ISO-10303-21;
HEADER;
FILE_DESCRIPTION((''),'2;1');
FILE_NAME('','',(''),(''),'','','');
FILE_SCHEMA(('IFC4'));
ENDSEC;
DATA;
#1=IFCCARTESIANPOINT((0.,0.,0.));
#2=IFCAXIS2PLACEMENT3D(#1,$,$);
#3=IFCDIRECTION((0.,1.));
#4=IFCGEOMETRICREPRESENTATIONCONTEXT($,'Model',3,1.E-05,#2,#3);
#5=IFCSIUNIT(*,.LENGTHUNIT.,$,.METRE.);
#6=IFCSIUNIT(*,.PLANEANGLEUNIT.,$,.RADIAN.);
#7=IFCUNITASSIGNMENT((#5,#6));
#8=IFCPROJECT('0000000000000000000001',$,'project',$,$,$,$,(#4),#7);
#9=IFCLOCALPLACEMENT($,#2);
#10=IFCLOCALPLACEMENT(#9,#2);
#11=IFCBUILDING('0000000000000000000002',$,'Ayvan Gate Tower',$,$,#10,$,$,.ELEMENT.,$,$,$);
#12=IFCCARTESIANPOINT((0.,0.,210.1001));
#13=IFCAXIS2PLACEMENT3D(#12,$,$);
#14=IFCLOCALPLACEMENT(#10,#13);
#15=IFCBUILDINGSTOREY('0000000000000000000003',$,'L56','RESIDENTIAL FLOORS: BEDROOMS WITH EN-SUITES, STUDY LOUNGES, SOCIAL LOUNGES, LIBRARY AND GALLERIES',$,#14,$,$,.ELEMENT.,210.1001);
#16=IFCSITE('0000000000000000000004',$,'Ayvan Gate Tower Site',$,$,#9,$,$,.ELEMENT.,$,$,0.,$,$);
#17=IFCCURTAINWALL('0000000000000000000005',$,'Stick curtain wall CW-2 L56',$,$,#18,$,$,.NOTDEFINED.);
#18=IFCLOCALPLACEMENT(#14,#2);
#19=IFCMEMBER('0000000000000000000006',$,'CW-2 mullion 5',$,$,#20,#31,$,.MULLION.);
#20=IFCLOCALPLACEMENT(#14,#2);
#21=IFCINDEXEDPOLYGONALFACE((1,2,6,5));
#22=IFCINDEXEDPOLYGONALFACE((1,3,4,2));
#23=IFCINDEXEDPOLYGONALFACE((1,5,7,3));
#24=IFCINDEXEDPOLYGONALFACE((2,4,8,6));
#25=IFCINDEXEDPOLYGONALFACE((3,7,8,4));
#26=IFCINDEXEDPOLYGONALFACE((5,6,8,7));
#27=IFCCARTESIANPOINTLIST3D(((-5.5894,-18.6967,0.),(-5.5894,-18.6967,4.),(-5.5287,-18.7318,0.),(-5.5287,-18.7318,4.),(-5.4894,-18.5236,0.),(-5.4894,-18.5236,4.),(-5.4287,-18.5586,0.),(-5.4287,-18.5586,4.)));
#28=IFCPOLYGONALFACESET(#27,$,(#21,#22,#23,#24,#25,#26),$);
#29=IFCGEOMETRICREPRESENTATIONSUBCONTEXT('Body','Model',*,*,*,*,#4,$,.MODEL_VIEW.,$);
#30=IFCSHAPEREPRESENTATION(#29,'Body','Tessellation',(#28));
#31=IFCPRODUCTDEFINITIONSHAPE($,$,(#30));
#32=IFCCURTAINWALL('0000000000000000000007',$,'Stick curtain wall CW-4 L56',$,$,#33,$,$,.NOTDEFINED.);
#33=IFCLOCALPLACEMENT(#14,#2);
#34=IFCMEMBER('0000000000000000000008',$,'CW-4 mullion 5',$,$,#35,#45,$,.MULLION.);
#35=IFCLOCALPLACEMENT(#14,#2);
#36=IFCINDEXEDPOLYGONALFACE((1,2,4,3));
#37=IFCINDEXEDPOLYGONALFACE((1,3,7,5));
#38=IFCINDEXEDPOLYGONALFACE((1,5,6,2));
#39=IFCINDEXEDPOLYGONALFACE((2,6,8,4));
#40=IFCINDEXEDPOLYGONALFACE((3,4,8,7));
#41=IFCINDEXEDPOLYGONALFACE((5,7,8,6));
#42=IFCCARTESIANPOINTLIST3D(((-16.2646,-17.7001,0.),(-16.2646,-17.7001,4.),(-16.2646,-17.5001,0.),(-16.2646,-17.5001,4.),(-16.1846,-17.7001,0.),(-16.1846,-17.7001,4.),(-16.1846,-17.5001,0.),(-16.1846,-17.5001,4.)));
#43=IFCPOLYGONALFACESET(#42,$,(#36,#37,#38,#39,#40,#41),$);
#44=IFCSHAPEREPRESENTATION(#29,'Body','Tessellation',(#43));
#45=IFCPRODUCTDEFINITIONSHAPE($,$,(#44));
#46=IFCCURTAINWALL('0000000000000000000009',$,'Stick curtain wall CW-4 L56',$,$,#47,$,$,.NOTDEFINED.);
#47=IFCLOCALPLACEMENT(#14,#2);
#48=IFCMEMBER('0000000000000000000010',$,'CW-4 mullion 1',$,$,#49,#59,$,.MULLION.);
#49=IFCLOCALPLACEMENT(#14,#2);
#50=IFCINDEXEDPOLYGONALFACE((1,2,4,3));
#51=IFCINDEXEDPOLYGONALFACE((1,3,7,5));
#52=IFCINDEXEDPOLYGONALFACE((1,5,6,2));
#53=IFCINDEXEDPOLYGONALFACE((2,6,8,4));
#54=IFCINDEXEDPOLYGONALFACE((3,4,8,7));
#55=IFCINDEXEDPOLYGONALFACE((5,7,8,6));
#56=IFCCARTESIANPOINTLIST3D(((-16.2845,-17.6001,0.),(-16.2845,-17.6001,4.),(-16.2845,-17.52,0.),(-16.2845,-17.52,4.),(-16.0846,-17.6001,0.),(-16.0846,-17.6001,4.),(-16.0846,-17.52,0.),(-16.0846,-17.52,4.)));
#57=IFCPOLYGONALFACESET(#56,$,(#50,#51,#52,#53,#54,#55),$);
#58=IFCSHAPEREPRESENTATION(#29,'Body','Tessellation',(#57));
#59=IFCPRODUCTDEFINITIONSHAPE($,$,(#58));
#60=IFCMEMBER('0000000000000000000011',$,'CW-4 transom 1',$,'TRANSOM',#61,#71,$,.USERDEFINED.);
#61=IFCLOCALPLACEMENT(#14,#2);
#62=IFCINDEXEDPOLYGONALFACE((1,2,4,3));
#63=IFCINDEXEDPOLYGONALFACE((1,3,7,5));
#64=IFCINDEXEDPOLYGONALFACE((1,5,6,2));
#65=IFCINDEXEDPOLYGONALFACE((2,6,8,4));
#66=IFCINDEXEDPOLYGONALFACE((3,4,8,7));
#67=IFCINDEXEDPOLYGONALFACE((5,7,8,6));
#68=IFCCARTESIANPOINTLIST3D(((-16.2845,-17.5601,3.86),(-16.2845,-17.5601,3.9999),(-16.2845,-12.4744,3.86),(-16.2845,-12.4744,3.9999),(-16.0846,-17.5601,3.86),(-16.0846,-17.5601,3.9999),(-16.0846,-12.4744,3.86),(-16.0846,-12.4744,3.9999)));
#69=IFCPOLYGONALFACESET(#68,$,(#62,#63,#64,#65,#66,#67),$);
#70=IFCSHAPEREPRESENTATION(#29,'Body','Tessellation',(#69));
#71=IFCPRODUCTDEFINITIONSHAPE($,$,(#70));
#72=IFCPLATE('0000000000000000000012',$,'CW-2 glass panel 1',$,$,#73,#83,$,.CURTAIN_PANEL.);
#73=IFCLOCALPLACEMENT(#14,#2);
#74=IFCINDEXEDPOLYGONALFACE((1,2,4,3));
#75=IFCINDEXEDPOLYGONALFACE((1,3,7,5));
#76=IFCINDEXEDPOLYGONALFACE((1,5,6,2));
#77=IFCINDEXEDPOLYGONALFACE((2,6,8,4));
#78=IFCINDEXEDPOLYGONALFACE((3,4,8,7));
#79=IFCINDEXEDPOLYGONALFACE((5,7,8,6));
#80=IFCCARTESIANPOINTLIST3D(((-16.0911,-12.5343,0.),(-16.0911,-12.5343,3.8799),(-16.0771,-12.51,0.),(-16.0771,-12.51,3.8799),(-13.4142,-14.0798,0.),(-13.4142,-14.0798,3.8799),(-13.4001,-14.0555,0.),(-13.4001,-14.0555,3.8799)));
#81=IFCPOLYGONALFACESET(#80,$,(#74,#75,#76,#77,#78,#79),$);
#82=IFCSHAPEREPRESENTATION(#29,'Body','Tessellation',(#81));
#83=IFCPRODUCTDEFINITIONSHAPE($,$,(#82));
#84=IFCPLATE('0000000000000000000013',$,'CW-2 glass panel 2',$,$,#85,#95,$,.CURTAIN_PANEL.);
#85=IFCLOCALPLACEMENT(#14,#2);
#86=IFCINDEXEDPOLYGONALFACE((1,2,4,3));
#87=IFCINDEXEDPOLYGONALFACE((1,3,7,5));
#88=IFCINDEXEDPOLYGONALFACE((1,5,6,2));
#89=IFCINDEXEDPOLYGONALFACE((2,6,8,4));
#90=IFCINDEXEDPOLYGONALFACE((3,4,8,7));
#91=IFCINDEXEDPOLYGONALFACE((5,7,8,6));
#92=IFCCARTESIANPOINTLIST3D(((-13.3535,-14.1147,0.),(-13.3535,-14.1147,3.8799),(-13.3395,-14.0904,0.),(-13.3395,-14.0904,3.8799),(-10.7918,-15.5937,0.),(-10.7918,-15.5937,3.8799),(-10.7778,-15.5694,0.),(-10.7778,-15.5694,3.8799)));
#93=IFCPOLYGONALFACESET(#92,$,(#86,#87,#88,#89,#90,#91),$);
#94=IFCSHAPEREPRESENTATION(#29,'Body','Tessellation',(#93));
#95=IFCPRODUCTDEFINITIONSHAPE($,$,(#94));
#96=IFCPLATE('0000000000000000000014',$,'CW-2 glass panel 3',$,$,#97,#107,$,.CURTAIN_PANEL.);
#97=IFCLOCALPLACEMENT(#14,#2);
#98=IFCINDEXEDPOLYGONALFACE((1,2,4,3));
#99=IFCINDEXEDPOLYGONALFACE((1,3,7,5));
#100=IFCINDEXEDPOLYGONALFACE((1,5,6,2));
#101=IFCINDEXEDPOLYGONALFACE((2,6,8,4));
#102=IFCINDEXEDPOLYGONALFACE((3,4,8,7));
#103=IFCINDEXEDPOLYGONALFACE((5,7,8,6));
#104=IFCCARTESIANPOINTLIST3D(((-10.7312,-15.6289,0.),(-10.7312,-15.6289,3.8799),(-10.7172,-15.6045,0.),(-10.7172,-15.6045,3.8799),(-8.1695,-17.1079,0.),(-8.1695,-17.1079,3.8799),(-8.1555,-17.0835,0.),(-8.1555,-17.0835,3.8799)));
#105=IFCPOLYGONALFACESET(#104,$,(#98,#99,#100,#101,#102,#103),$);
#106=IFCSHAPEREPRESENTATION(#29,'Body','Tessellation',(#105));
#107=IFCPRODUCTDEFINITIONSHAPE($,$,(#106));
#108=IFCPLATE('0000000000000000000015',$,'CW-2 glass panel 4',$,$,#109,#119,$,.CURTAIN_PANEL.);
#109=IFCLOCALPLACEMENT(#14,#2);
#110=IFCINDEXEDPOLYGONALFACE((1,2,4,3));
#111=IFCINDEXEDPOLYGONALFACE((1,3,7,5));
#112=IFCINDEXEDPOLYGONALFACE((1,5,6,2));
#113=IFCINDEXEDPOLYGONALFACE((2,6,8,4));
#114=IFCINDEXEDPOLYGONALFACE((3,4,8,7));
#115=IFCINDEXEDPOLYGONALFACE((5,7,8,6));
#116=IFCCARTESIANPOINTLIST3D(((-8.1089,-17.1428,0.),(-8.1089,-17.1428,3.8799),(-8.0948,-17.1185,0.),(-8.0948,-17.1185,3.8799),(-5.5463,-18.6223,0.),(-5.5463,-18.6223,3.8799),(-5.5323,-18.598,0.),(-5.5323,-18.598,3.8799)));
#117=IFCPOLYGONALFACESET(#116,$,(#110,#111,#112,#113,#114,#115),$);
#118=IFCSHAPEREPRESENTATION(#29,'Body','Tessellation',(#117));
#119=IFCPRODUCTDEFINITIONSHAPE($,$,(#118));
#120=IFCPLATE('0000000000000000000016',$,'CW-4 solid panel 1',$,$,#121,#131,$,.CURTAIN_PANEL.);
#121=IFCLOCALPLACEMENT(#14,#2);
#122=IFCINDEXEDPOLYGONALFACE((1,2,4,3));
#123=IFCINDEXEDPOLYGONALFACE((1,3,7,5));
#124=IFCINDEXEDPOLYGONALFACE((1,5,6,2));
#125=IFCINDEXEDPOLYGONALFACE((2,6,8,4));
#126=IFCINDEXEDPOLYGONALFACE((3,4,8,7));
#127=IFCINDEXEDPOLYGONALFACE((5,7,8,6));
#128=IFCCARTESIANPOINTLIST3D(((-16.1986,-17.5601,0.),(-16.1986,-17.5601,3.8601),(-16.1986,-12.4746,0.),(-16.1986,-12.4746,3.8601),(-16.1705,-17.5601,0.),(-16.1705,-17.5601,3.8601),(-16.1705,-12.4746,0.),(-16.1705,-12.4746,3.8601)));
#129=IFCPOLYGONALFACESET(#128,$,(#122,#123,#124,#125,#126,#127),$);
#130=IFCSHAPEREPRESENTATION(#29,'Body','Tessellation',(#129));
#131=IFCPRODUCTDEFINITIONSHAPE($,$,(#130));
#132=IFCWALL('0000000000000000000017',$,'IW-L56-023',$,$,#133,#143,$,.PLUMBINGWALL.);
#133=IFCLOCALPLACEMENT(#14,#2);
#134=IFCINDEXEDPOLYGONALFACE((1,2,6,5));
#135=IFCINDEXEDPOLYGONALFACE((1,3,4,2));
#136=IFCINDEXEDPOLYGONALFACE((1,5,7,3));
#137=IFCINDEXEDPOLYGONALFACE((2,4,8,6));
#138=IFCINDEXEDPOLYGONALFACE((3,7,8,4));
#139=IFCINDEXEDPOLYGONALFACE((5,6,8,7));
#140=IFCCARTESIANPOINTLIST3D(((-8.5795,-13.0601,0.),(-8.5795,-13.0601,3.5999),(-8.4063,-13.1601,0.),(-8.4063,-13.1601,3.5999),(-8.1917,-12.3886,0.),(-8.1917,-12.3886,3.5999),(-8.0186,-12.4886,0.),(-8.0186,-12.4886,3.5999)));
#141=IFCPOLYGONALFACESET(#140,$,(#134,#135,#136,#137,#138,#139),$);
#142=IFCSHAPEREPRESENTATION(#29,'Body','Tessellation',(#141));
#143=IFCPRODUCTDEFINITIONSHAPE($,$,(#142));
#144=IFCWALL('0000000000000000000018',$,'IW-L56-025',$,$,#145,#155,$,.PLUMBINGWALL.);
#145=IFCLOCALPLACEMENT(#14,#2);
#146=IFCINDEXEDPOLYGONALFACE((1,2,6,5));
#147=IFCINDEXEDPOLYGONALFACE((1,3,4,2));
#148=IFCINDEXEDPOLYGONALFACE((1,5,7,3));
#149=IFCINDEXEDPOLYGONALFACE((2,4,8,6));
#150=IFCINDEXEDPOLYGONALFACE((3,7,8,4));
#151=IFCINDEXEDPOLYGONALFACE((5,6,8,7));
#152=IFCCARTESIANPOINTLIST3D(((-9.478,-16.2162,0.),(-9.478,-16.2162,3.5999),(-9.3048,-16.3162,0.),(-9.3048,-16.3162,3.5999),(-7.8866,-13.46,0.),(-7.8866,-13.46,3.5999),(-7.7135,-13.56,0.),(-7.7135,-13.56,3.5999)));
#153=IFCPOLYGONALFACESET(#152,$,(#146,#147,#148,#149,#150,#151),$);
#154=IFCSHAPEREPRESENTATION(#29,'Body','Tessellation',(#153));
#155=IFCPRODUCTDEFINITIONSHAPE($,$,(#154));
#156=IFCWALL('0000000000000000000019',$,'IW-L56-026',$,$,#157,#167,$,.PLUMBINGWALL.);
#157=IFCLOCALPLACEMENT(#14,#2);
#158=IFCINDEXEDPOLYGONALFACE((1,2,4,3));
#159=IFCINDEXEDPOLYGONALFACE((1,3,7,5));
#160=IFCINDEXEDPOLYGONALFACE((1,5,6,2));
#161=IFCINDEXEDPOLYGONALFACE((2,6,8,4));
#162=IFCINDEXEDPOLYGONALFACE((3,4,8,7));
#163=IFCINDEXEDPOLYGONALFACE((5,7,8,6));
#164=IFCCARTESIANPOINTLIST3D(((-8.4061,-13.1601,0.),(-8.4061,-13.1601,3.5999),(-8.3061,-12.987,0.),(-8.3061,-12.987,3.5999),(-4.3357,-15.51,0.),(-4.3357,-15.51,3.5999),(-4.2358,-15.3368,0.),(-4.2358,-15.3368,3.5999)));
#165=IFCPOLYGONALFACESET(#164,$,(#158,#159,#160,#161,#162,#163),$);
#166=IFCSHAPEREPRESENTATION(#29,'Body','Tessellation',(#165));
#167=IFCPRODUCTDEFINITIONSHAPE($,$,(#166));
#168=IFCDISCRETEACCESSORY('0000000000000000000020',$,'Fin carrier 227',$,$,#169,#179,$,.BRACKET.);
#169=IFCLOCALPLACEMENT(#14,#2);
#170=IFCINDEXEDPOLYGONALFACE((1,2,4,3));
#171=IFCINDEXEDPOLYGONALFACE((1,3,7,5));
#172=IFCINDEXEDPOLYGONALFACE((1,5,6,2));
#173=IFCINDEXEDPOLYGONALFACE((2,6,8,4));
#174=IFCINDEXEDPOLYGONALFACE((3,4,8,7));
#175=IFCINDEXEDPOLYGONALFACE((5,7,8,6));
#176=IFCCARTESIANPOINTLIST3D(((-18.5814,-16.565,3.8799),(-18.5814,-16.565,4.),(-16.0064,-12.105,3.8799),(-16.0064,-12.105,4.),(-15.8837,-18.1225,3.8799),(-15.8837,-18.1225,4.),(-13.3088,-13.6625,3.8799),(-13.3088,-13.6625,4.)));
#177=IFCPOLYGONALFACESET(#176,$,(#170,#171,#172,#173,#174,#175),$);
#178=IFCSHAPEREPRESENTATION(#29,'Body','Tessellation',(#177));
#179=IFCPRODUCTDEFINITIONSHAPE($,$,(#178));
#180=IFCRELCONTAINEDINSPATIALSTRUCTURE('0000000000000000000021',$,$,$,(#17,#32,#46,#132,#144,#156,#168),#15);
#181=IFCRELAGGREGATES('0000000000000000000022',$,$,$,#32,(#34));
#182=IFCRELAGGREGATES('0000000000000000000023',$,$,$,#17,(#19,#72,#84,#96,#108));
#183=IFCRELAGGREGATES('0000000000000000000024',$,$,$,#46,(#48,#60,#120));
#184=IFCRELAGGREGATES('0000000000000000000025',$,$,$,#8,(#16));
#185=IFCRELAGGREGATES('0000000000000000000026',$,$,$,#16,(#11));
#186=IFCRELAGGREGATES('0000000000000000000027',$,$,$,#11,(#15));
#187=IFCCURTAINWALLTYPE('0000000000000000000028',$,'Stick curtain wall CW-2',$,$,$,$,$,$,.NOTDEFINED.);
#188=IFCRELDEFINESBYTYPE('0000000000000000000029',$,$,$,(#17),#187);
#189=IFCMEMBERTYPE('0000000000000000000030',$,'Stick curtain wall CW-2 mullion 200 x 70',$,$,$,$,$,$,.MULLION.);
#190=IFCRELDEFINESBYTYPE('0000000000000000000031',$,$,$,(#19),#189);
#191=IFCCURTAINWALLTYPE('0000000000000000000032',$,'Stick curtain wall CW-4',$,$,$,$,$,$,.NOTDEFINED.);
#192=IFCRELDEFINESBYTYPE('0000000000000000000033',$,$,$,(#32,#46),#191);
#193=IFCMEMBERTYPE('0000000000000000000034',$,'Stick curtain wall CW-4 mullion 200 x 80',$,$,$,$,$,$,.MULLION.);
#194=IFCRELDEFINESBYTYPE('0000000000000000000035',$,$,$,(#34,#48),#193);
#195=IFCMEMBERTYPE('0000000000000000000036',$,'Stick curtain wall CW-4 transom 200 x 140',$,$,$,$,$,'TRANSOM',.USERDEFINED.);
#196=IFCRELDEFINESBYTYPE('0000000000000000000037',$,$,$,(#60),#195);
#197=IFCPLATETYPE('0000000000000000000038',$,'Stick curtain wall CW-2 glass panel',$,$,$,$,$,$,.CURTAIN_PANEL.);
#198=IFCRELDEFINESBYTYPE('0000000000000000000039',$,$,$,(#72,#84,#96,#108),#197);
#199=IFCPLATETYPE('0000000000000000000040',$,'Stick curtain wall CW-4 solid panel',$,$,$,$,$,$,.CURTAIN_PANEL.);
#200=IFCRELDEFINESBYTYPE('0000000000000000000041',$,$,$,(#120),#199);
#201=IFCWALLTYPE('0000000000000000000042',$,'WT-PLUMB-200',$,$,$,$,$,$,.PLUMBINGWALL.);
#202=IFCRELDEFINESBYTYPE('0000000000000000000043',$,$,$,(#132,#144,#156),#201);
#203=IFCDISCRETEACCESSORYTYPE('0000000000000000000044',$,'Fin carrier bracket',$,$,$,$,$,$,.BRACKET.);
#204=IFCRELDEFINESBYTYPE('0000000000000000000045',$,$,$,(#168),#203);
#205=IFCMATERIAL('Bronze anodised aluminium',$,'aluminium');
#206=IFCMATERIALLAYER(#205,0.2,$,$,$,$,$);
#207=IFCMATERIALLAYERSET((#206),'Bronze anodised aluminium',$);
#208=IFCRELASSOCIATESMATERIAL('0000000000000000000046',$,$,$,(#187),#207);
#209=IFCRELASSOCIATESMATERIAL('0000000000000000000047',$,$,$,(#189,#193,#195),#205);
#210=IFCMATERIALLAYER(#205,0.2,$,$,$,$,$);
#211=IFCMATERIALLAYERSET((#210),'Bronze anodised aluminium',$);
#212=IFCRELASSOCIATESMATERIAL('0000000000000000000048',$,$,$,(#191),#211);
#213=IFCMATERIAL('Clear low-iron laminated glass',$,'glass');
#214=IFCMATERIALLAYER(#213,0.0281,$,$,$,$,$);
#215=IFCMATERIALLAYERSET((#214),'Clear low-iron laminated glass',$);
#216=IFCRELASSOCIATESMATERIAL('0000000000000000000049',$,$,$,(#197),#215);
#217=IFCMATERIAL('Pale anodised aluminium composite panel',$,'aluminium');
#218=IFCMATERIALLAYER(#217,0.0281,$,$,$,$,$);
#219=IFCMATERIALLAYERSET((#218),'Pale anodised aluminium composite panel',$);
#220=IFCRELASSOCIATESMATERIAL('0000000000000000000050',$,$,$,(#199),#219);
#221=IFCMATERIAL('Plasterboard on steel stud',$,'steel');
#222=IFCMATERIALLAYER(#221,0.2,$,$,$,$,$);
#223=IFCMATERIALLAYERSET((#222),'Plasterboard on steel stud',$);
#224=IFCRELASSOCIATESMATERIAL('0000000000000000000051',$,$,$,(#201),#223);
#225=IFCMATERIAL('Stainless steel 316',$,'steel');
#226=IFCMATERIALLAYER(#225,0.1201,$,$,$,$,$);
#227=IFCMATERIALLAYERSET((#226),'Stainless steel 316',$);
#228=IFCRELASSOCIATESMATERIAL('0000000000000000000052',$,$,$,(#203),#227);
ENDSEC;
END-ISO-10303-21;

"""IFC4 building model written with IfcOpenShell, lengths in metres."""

from ifc_helpers import new_model, si_unit, direction, frame, frame_2d, origin, origin_2d, place, context, subcontext, project, spatial, rectangle, extrude, material, layer, layer_set, material_profile, profile_set, type_object, element, aggregate, save


model = new_model("IFC4")

# Units and contexts
model_context = context("Model", 3, precision=1e-05, world=origin(), true_north=direction((0.0, 1.0)))
body_context = subcontext(model_context, "Body", "Model", "MODEL_VIEW")
ifc_project = project(units=[si_unit("LENGTHUNIT", "METRE"), si_unit("PLANEANGLEUNIT", "RADIAN")], contexts=[model_context])

# Site, building, storey
site_placement = place(None, origin())
site = spatial("IfcSite", under=ifc_project, at=site_placement, Name="Ayvan Gate Tower Site", CompositionType="ELEMENT", RefElevation=0.0)
building_placement = place(site_placement, origin())
building = spatial("IfcBuilding", under=site, at=building_placement, Name="Ayvan Gate Tower", CompositionType="ELEMENT")
storey_placement = place(building_placement, frame((0.0, 0.0, 210.1001)))
storey = spatial("IfcBuildingStorey", under=building, at=storey_placement, Name="L56", Description="RESIDENTIAL FLOORS: BEDROOMS WITH EN-SUITES, STUDY LOUNGES, SOCIAL LOUNGES, LIBRARY AND GALLERIES", CompositionType="ELEMENT", Elevation=210.1001)

# Curtain wall, member
ifc_material_1 = material(Name="Bronze anodised aluminium", Category="aluminium")
ifc_layer_1 = layer(ifc_material_1, 0.2)
ifc_layer_set_1 = layer_set([ifc_layer_1], Name="Bronze anodised aluminium")
curtain_wall_type_1 = type_object("IfcCurtainWallType", Name="Stick curtain wall CW-2", PredefinedType="NOTDEFINED", material=ifc_layer_set_1)
curtain_wall_1_placement = place(storey_placement, origin())
curtain_wall_1 = element("IfcCurtainWall", 1, at=curtain_wall_1_placement, inside=storey, type_object=curtain_wall_type_1, Name="Stick curtain wall CW-2 L56", PredefinedType="NOTDEFINED")
ifc_material_profile_1 = material_profile(ifc_material_1, rectangle(XDim=0.2, YDim=0.0701, at=origin_2d()), Name="Stick curtain wall CW-2 mullion 200 x 70")
ifc_profile_set_1 = profile_set([ifc_material_profile_1], Name="Bronze anodised aluminium")
member_type_1 = type_object("IfcMemberType", Name="Stick curtain wall CW-2 mullion 200 x 70", PredefinedType="MULLION", material=ifc_profile_set_1)
member_1_placement = place(storey_placement, frame((-5.509, -18.6277, 0.0), z_axis=(0.0, 0.0, 1.0), x_axis=(-0.5, -0.866025, 0.0)))
member_1 = element("IfcMember", 2, at=member_1_placement, type_object=member_type_1, Name="CW-2 mullion 5", PredefinedType="MULLION", context=body_context, shape_type="SweptSolid", body=[
    extrude(rectangle(XDim=0.2, YDim=0.0701, at=origin_2d()), origin(), (0.0, 0.0, 1.0), 4.0),
])

# Curtain wall, member
ifc_layer_2 = layer(ifc_material_1, 0.2)
ifc_layer_set_2 = layer_set([ifc_layer_2], Name="Bronze anodised aluminium")
curtain_wall_type_2 = type_object("IfcCurtainWallType", Name="Stick curtain wall CW-4", PredefinedType="NOTDEFINED", material=ifc_layer_set_2)
curtain_wall_2_placement = place(storey_placement, origin())
curtain_wall_2 = element("IfcCurtainWall", 3, at=curtain_wall_2_placement, inside=storey, type_object=curtain_wall_type_2, Name="Stick curtain wall CW-4 L56", PredefinedType="NOTDEFINED")
ifc_material_profile_2 = material_profile(ifc_material_1, rectangle(XDim=0.2, YDim=0.0801, at=origin_2d()), Name="Stick curtain wall CW-4 mullion 200 x 80")
ifc_profile_set_2 = profile_set([ifc_material_profile_2], Name="Bronze anodised aluminium")
member_type_2 = type_object("IfcMemberType", Name="Stick curtain wall CW-4 mullion 200 x 80", PredefinedType="MULLION", material=ifc_profile_set_2)
member_2_placement = place(storey_placement, frame((-16.2246, -17.6001, 0.0), z_axis=(0.0, 0.0, 1.0), x_axis=(0.0, -1.0, 0.0)))
member_2 = element("IfcMember", 4, at=member_2_placement, type_object=member_type_2, Name="CW-4 mullion 5", PredefinedType="MULLION", context=body_context, shape_type="SweptSolid", body=[
    extrude(rectangle(XDim=0.2, YDim=0.0801, at=origin_2d()), origin(), (0.0, 0.0, 1.0), 4.0),
])
aggregate(curtain_wall_2, [member_2])

# Curtain wall, members
curtain_wall_3_placement = place(storey_placement, origin())
curtain_wall_3 = element("IfcCurtainWall", 5, at=curtain_wall_3_placement, inside=storey, type_object=curtain_wall_type_2, Name="Stick curtain wall CW-4 L56", PredefinedType="NOTDEFINED")
member_3_placement = place(storey_placement, frame((-16.1846, -17.5601, 0.0), z_axis=(0.0, 0.0, 1.0), x_axis=(1.0, 0.0, 0.0)))
member_3 = element("IfcMember", 6, at=member_3_placement, type_object=member_type_2, Name="CW-4 mullion 1", PredefinedType="MULLION", context=body_context, shape_type="SweptSolid", body=[
    extrude(rectangle(XDim=0.2, YDim=0.0801, at=origin_2d()), origin(), (0.0, 0.0, 1.0), 4.0),
])
ifc_material_profile_3 = material_profile(ifc_material_1, rectangle(XDim=0.2, YDim=0.1399, at=origin_2d()), Name="Stick curtain wall CW-4 transom 200 x 140")
ifc_profile_set_3 = profile_set([ifc_material_profile_3], Name="Bronze anodised aluminium")
member_type_3 = type_object("IfcMemberType", Name="Stick curtain wall CW-4 transom 200 x 140", ElementType="TRANSOM", PredefinedType="USERDEFINED", material=ifc_profile_set_3)
member_4_placement = place(storey_placement, frame((-16.1846, -17.5601, 3.9299), z_axis=(0.0, 1.0, 0.0), x_axis=(-1.0, 0.0, 0.0)))
member_4 = element("IfcMember", 7, at=member_4_placement, type_object=member_type_3, Name="CW-4 transom 1", ObjectType="TRANSOM", PredefinedType="USERDEFINED", context=body_context, shape_type="SweptSolid", body=[
    extrude(rectangle(XDim=0.2, YDim=0.1399, at=origin_2d()), origin(), (0.0, 0.0, 1.0), 5.0857),
])

# Plates
ifc_material_2 = material(Name="Clear low-iron laminated glass", Category="glass")
ifc_layer_3 = layer(ifc_material_2, 0.0281)
ifc_layer_set_3 = layer_set([ifc_layer_3], Name="Clear low-iron laminated glass")
plate_type_1 = type_object("IfcPlateType", Name="Stick curtain wall CW-2 glass panel", PredefinedType="CURTAIN_PANEL", material=ifc_layer_set_3)
plate_1_placement = place(storey_placement, frame((-14.7456, -13.2949, 0.0), z_axis=(0.0, 0.0, 1.0), x_axis=(0.866025, -0.5, 0.0)))
plate_1 = element("IfcPlate", 8, at=plate_1_placement, type_object=plate_type_1, Name="CW-2 glass panel 1", PredefinedType="CURTAIN_PANEL", context=body_context, shape_type="SweptSolid", body=[
    extrude(rectangle(XDim=3.0911, YDim=0.0281, at=origin_2d()), origin(), (0.0, 0.0, 1.0), 3.8799),
])
plate_2_placement = place(storey_placement, frame((-12.0657, -14.842, 0.0), z_axis=(0.0, 0.0, 1.0), x_axis=(0.866025, -0.5, 0.0)))
plate_2 = element("IfcPlate", 9, at=plate_2_placement, type_object=plate_type_1, Name="CW-2 glass panel 2", PredefinedType="CURTAIN_PANEL", context=body_context, shape_type="SweptSolid", body=[
    extrude(rectangle(XDim=2.958, YDim=0.0281, at=origin_2d()), origin(), (0.0, 0.0, 1.0), 3.8799),
])
plate_3_placement = place(storey_placement, frame((-9.4434, -16.3562, 0.0), z_axis=(0.0, 0.0, 1.0), x_axis=(0.866025, -0.5, 0.0)))
plate_3 = element("IfcPlate", 10, at=plate_3_placement, type_object=plate_type_1, Name="CW-2 glass panel 3", PredefinedType="CURTAIN_PANEL", context=body_context, shape_type="SweptSolid", body=[
    extrude(rectangle(XDim=2.958, YDim=0.0281, at=origin_2d()), origin(), (0.0, 0.0, 1.0), 3.8799),
])
plate_4_placement = place(storey_placement, frame((-6.8206, -17.8704, 0.0), z_axis=(0.0, 0.0, 1.0), x_axis=(0.866025, -0.5, 0.0)))
plate_4 = element("IfcPlate", 11, at=plate_4_placement, type_object=plate_type_1, Name="CW-2 glass panel 4", PredefinedType="CURTAIN_PANEL", context=body_context, shape_type="SweptSolid", body=[
    extrude(rectangle(XDim=2.959, YDim=0.0281, at=origin_2d()), origin(), (0.0, 0.0, 1.0), 3.8799),
])
aggregate(curtain_wall_1, [member_1, plate_1, plate_2, plate_3, plate_4])
ifc_material_3 = material(Name="Pale anodised aluminium composite panel", Category="aluminium")
ifc_layer_4 = layer(ifc_material_3, 0.0281)
ifc_layer_set_4 = layer_set([ifc_layer_4], Name="Pale anodised aluminium composite panel")
plate_type_2 = type_object("IfcPlateType", Name="Stick curtain wall CW-4 solid panel", PredefinedType="CURTAIN_PANEL", material=ifc_layer_set_4)
plate_5_placement = place(storey_placement, frame((-16.1846, -15.0173, 0.0), z_axis=(0.0, 0.0, 1.0), x_axis=(0.0, 1.0, 0.0)))
plate_5 = element("IfcPlate", 12, at=plate_5_placement, type_object=plate_type_2, Name="CW-4 solid panel 1", PredefinedType="CURTAIN_PANEL", context=body_context, shape_type="SweptSolid", body=[
    extrude(rectangle(XDim=5.0854, YDim=0.0281, at=origin_2d()), origin(), (0.0, 0.0, 1.0), 3.8601),
])
aggregate(curtain_wall_3, [member_3, member_4, plate_5])

# Walls
ifc_material_4 = material(Name="Plasterboard on steel stud", Category="steel")
ifc_layer_5 = layer(ifc_material_4, 0.2)
ifc_layer_set_5 = layer_set([ifc_layer_5], Name="Plasterboard on steel stud")
wall_type = type_object("IfcWallType", Name="WT-PLUMB-200", PredefinedType="PLUMBINGWALL", material=ifc_layer_set_5)
wall_1_placement = place(storey_placement, frame((-8.4929, -13.1101, 0.0), z_axis=(0.0, 0.0, 1.0), x_axis=(0.500068, 0.865986, 0.0)))
element("IfcWall", 13, at=wall_1_placement, inside=storey, type_object=wall_type, Name="IW-L56-023", PredefinedType="PLUMBINGWALL", context=body_context, shape_type="SweptSolid", body=[
    extrude(rectangle(XDim=0.7754, YDim=0.2, at=frame_2d((0.3877, 0.0))), origin(), (0.0, 0.0, 1.0), 3.5999),
])
wall_2_placement = place(storey_placement, frame((-7.8, -13.51, 0.0), z_axis=(0.0, 0.0, 1.0), x_axis=(-0.500017, -0.866016, 0.0)))
element("IfcWall", 14, at=wall_2_placement, inside=storey, type_object=wall_type, Name="IW-L56-025", PredefinedType="PLUMBINGWALL", context=body_context, shape_type="SweptSolid", body=[
    extrude(rectangle(XDim=3.1826, YDim=0.2, at=frame_2d((1.5913, 0.0))), origin(), (0.0, 0.0, 1.0), 3.5999),
])
wall_3_placement = place(storey_placement, frame((-8.3562, -13.0735, 0.0), z_axis=(0.0, 0.0, 1.0), x_axis=(0.866039, -0.499977, 0.0)))
element("IfcWall", 15, at=wall_3_placement, inside=storey, type_object=wall_type, Name="IW-L56-026", PredefinedType="PLUMBINGWALL", context=body_context, shape_type="SweptSolid", body=[
    extrude(rectangle(XDim=4.7, YDim=0.2, at=frame_2d((2.3501, 0.0))), origin(), (0.0, 0.0, 1.0), 3.5999),
])

# Discrete accessory
ifc_material_5 = material(Name="Stainless steel 316", Category="steel")
ifc_layer_6 = layer(ifc_material_5, 0.1201)
ifc_layer_set_6 = layer_set([ifc_layer_6], Name="Stainless steel 316")
discrete_accessory_type = type_object("IfcDiscreteAccessoryType", Name="Fin carrier bracket", PredefinedType="BRACKET", material=ifc_layer_set_6)
discrete_accessory_placement = place(storey_placement, frame((-15.9451, -15.1138, 3.8799), z_axis=(0.0, 0.0, 1.0), x_axis=(0.866025, -0.5, 0.0)))
element("IfcDiscreteAccessory", 16, at=discrete_accessory_placement, inside=storey, type_object=discrete_accessory_type, Name="Fin carrier 227", PredefinedType="BRACKET", context=body_context, shape_type="SweptSolid", body=[
    extrude(rectangle(XDim=3.115, YDim=5.1499, at=origin_2d()), origin(), (0.0, 0.0, 1.0), 0.1201),
])

save(model, "model.ifc")
